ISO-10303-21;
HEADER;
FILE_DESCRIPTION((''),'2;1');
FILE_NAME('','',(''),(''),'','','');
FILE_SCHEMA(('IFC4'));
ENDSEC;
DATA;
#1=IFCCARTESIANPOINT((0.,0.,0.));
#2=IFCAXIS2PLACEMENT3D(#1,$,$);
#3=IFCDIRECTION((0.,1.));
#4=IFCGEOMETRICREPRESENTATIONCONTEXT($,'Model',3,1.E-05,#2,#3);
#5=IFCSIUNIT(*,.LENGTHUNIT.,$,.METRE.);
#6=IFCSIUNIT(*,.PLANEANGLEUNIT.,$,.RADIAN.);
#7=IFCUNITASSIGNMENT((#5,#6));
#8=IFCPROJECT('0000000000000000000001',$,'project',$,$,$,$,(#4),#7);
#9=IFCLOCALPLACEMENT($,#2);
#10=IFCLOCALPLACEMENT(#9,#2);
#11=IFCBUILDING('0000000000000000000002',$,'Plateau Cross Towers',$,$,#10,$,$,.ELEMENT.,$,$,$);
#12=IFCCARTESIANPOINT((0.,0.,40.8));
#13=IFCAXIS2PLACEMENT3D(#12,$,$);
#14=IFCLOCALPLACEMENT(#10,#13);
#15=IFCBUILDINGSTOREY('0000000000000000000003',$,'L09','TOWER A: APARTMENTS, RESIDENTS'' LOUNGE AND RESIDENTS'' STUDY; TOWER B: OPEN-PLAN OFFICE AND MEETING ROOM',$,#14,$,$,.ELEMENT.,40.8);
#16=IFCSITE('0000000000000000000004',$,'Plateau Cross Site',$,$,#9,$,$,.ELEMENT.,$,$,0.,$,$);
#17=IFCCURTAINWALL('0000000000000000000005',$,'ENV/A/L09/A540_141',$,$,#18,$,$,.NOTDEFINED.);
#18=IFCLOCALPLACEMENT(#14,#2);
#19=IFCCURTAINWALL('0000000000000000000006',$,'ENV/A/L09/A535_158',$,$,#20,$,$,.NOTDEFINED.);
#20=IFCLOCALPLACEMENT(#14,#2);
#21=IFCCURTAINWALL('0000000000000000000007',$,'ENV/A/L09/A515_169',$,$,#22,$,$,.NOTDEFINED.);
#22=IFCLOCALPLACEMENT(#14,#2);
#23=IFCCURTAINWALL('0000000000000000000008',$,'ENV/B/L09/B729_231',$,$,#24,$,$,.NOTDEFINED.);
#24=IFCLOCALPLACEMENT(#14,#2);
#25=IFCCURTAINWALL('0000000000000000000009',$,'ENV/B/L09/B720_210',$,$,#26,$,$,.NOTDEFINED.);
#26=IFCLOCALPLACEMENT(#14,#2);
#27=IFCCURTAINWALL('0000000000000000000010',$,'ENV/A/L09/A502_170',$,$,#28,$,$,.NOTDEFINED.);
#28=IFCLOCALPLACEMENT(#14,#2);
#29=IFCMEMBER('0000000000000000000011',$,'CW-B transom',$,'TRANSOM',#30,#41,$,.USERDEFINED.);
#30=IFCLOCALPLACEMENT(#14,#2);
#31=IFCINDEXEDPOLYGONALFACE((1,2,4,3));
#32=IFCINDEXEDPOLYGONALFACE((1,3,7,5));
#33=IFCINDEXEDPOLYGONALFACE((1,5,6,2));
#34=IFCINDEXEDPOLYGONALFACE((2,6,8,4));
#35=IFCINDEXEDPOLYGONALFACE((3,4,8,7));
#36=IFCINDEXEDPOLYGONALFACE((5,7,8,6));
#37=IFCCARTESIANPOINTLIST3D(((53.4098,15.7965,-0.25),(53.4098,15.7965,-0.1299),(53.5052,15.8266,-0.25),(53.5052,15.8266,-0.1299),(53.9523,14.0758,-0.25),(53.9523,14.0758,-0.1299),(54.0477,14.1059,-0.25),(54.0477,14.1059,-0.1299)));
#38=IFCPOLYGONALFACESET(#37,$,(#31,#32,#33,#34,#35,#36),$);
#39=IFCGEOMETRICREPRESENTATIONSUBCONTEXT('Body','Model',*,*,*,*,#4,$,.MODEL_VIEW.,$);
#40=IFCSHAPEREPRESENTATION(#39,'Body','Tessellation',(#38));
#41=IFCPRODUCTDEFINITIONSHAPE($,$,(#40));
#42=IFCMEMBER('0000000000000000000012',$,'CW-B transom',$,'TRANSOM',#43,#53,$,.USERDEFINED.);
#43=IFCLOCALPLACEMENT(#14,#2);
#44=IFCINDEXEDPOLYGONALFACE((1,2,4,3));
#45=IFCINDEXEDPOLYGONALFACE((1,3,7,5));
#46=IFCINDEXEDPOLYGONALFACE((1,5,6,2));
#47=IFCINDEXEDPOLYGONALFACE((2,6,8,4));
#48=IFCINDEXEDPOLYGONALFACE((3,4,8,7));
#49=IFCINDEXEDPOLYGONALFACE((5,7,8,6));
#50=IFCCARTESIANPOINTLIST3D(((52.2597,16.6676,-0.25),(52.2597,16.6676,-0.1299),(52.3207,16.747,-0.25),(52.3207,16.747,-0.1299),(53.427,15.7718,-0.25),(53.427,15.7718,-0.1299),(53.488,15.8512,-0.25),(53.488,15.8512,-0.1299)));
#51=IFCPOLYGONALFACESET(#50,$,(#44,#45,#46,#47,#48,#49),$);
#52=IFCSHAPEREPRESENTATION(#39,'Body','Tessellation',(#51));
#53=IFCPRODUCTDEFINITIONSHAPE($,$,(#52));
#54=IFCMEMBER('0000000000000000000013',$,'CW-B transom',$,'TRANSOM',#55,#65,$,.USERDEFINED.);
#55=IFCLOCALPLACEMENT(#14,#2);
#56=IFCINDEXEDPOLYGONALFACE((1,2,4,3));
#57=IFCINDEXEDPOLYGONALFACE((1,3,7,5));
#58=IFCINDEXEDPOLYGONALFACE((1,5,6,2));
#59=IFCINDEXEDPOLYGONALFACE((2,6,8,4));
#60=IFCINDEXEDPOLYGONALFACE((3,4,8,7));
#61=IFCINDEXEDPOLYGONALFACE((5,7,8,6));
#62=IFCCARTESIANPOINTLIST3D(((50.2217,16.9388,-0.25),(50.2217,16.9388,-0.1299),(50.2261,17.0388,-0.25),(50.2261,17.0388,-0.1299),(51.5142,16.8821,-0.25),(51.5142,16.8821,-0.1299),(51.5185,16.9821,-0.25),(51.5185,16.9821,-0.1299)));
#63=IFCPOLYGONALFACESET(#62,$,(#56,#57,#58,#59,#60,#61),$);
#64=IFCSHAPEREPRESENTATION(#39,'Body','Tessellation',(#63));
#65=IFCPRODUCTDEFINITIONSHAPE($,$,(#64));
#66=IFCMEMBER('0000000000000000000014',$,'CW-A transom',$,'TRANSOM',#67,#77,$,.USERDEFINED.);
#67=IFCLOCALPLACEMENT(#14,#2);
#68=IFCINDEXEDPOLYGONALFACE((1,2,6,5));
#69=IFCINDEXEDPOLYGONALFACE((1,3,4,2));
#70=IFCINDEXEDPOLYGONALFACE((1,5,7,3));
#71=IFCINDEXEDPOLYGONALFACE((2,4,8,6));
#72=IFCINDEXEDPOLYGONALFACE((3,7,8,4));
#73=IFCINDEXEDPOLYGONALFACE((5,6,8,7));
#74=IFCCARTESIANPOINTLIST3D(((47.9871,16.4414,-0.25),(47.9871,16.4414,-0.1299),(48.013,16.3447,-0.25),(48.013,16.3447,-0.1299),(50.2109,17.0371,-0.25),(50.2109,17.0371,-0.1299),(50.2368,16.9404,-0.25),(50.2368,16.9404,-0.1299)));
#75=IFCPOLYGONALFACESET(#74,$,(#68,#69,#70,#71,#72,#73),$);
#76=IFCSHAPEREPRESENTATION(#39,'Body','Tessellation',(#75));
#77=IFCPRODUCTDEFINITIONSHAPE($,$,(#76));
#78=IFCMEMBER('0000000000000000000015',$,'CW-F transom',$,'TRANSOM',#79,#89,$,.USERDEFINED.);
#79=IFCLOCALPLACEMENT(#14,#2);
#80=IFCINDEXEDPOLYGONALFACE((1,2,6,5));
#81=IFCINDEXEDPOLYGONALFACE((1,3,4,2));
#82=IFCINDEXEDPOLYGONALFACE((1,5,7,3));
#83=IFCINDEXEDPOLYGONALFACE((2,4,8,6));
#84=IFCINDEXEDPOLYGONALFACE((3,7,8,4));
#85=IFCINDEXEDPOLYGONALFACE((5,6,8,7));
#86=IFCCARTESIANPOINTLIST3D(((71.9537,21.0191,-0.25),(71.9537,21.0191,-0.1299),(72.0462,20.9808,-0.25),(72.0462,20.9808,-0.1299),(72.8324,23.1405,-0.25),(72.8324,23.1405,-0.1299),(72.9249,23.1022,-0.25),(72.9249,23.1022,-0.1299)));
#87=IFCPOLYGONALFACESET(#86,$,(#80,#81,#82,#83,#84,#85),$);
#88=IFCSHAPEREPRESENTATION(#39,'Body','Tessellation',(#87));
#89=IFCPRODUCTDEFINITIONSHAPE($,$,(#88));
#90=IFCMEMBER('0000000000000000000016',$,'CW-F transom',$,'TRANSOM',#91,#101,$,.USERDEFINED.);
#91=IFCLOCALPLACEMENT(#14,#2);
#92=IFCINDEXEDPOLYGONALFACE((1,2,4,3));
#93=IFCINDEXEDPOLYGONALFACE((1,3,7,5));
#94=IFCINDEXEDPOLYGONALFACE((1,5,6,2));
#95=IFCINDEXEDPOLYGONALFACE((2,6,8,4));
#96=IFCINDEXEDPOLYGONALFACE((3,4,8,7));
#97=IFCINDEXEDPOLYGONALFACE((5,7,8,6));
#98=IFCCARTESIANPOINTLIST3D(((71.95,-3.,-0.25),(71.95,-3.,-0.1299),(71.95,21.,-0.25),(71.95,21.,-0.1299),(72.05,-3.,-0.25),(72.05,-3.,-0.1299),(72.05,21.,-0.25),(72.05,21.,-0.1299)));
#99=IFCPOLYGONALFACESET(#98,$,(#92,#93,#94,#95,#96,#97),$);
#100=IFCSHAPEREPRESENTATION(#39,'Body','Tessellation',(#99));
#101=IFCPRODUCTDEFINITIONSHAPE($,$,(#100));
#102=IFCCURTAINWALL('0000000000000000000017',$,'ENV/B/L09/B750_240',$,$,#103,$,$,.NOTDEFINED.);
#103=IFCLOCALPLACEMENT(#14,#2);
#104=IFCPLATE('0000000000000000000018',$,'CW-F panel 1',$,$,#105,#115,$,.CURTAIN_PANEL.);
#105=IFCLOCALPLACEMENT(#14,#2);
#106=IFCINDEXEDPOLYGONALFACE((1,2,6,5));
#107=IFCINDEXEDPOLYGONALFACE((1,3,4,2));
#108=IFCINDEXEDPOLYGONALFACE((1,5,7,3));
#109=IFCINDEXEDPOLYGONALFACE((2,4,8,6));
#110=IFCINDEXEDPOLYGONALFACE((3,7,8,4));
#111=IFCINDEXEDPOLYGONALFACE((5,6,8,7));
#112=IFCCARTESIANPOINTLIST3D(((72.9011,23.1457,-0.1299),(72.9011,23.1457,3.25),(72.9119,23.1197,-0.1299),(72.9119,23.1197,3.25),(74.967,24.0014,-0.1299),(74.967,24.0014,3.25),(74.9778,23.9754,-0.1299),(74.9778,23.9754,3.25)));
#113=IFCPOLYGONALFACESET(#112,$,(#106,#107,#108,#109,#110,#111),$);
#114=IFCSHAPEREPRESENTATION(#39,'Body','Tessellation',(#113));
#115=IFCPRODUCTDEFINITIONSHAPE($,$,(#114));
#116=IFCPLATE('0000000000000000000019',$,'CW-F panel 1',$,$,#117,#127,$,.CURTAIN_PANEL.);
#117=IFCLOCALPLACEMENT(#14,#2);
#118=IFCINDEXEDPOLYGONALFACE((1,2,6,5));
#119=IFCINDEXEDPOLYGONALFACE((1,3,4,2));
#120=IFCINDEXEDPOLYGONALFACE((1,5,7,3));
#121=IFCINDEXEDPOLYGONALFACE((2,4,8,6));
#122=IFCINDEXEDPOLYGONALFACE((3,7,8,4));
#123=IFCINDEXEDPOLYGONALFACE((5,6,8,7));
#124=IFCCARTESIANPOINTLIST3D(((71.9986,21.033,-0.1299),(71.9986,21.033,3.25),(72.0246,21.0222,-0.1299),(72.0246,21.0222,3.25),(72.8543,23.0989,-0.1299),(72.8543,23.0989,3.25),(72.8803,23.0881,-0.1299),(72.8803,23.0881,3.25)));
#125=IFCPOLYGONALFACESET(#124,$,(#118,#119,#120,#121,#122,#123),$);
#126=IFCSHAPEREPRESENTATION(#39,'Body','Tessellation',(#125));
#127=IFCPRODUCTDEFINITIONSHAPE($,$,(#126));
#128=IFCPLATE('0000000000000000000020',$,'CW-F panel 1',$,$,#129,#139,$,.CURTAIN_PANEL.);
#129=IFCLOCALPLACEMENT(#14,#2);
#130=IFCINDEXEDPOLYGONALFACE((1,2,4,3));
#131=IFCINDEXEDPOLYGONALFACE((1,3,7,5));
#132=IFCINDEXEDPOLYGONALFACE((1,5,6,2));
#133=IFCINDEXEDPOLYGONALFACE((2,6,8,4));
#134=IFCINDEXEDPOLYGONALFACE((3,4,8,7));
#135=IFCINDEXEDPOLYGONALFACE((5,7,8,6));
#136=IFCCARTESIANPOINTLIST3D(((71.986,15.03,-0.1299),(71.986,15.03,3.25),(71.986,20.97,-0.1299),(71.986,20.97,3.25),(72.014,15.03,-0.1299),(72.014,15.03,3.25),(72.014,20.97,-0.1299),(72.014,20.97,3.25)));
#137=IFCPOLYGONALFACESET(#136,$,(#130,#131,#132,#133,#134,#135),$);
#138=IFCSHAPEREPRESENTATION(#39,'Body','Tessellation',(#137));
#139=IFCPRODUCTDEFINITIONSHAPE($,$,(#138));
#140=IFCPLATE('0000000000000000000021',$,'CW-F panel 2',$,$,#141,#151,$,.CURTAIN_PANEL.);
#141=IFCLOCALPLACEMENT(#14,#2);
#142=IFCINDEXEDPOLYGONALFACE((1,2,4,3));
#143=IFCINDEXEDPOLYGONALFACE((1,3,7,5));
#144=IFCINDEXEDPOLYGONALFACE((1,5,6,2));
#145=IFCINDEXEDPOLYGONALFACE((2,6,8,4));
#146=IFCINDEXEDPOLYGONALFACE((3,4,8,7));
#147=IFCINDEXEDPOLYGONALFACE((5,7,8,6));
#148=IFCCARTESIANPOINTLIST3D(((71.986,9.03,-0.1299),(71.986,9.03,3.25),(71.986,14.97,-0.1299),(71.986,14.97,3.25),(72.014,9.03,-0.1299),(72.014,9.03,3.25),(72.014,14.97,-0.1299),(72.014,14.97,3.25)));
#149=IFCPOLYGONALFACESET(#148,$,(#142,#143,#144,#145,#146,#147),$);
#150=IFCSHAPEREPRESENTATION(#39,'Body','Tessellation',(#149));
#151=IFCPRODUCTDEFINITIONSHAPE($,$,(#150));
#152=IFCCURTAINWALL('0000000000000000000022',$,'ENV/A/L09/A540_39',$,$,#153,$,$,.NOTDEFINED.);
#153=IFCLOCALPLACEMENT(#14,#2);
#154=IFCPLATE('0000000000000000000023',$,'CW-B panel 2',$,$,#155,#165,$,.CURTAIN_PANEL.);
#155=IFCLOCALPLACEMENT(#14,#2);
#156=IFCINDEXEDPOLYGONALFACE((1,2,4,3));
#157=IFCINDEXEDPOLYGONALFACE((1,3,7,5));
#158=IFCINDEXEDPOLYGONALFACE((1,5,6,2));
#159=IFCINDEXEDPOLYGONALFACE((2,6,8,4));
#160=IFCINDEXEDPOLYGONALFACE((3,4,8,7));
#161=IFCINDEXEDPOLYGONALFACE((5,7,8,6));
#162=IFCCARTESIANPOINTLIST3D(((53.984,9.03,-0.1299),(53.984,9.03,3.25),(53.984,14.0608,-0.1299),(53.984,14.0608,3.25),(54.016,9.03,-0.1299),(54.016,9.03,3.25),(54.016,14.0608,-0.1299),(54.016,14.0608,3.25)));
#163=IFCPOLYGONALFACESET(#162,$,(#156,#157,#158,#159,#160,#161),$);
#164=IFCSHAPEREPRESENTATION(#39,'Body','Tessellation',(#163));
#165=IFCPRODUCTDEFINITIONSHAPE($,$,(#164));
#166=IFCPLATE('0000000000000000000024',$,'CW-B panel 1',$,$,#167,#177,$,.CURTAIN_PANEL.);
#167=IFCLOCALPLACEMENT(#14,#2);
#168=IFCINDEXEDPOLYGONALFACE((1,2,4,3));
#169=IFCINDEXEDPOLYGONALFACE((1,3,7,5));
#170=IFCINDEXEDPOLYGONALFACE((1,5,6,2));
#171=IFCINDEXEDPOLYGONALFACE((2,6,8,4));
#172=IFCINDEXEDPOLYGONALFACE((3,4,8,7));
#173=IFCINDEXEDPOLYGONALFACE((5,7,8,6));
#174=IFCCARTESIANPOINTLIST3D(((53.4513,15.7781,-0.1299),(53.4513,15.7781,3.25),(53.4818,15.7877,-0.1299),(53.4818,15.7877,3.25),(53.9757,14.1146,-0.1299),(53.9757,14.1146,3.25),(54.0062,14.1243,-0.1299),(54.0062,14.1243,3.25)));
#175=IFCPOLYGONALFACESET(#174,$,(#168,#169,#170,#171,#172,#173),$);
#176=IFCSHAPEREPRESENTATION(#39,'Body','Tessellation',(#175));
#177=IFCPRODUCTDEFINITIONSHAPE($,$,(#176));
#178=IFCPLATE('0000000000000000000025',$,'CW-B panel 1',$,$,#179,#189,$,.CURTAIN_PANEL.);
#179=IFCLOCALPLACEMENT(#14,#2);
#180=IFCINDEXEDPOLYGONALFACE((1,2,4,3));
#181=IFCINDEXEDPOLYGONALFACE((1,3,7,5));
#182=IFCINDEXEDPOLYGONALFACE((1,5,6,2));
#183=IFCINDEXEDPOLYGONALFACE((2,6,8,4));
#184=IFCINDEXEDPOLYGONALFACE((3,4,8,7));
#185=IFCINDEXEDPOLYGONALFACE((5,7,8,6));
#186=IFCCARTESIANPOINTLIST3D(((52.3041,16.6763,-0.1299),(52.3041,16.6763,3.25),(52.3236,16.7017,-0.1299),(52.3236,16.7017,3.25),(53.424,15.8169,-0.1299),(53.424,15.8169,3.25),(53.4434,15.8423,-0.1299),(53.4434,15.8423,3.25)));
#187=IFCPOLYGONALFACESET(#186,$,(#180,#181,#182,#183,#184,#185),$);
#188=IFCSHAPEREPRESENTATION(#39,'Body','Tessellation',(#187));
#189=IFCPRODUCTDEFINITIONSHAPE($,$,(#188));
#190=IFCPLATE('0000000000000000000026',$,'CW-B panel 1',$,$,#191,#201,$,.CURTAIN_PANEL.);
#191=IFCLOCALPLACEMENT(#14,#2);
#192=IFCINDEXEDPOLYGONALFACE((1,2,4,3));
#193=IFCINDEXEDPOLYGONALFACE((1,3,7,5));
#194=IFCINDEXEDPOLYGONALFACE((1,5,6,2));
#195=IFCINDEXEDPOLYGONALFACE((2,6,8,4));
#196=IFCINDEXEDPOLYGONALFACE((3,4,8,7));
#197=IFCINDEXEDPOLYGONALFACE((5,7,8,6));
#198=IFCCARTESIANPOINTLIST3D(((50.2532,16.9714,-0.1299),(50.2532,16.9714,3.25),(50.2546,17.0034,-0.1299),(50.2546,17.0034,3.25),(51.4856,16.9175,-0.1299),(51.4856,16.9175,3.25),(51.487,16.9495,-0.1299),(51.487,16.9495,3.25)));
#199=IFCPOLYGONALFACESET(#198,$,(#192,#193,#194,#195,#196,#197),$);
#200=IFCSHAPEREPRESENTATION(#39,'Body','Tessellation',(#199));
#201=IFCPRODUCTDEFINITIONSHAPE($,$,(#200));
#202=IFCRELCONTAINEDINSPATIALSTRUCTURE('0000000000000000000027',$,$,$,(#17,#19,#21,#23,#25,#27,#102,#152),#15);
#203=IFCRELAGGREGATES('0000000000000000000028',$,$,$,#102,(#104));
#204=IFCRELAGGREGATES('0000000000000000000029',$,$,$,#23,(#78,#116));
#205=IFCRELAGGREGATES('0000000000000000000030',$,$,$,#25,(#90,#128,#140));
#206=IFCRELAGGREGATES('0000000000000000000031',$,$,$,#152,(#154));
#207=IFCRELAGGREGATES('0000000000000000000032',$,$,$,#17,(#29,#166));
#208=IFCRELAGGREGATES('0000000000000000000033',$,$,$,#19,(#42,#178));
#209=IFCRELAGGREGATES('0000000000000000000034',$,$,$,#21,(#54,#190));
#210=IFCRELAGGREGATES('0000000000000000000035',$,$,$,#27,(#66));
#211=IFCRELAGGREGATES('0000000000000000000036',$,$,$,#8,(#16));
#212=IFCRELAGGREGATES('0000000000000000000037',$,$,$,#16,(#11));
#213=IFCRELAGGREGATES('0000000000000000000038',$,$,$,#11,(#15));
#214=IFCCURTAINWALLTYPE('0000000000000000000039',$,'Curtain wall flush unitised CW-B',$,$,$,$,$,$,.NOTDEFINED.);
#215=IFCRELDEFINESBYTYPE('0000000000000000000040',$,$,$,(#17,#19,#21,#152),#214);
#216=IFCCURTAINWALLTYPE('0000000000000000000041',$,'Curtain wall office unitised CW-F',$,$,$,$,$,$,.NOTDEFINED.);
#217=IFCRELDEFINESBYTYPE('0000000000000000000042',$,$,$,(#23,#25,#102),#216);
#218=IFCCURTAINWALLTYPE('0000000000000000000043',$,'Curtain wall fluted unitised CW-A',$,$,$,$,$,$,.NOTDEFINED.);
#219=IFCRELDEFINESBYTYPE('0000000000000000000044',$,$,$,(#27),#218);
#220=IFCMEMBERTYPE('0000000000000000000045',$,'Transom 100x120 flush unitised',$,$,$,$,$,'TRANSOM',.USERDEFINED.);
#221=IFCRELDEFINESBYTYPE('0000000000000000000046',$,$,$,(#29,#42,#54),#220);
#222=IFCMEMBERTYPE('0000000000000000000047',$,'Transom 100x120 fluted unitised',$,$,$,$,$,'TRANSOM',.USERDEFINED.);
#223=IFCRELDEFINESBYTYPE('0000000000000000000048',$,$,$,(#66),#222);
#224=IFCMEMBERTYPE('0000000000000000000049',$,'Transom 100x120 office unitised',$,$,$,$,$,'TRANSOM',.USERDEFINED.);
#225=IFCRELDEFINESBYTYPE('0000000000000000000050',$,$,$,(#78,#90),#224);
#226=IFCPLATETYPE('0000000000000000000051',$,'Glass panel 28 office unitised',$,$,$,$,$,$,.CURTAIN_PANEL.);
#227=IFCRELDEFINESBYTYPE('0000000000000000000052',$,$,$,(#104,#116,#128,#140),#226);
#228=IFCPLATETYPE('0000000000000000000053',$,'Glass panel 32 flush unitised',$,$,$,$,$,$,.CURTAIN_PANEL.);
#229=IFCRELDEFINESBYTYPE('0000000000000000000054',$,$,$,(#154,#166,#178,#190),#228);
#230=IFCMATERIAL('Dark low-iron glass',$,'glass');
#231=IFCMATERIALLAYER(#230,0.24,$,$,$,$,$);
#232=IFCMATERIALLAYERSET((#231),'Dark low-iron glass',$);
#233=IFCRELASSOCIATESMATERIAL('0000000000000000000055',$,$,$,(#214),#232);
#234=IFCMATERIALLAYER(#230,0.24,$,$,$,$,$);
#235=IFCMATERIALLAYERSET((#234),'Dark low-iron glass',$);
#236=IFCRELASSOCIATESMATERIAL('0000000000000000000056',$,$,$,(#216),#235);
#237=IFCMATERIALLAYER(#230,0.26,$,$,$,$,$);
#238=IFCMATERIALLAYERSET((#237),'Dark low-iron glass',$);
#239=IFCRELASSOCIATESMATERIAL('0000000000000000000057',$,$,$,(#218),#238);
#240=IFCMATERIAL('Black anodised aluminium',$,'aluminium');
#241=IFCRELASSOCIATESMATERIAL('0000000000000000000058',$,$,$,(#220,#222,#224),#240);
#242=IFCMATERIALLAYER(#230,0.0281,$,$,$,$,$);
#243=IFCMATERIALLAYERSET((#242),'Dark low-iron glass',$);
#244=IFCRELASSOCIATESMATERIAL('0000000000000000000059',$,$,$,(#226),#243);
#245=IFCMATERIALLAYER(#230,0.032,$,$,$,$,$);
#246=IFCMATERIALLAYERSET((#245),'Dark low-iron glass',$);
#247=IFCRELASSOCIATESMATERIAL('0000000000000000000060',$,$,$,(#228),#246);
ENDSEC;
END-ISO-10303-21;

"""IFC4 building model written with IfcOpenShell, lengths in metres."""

from ifc_helpers import new_model, si_unit, direction, frame, origin, origin_2d, place, context, subcontext, project, spatial, rectangle, extrude, material, layer, layer_set, material_profile, profile_set, type_object, element, aggregate, save


model = new_model("IFC4")

# Units and contexts
model_context = context("Model", 3, precision=1e-05, world=origin(), true_north=direction((0.0, 1.0)))
body_context = subcontext(model_context, "Body", "Model", "MODEL_VIEW")
ifc_project = project(units=[si_unit("LENGTHUNIT", "METRE"), si_unit("PLANEANGLEUNIT", "RADIAN")], contexts=[model_context])

# Site, building, storey
site_placement = place(None, origin())
site = spatial("IfcSite", under=ifc_project, at=site_placement, Name="Plateau Cross Site", CompositionType="ELEMENT", RefElevation=0.0)
building_placement = place(site_placement, origin())
building = spatial("IfcBuilding", under=site, at=building_placement, Name="Plateau Cross Towers", CompositionType="ELEMENT")
storey_placement = place(building_placement, frame((0.0, 0.0, 40.8)))
storey = spatial("IfcBuildingStorey", under=building, at=storey_placement, Name="L09", Description="TOWER A: APARTMENTS, RESIDENTS' LOUNGE AND RESIDENTS' STUDY; TOWER B: OPEN-PLAN OFFICE AND MEETING ROOM", CompositionType="ELEMENT", Elevation=40.8)

# Curtain wall
ifc_material_1 = material(Name="Dark low-iron glass", Category="glass")
ifc_layer_1 = layer(ifc_material_1, 0.24)
ifc_layer_set_1 = layer_set([ifc_layer_1], Name="Dark low-iron glass")
curtain_wall_type_1 = type_object("IfcCurtainWallType", Name="Curtain wall flush unitised CW-B", PredefinedType="NOTDEFINED", material=ifc_layer_set_1)
curtain_wall_1_placement = place(storey_placement, origin())
curtain_wall_1 = element("IfcCurtainWall", 1, at=curtain_wall_1_placement, inside=storey, type_object=curtain_wall_type_1, Name="ENV/A/L09/A540_141", PredefinedType="NOTDEFINED")
ifc_material_2 = material(Name="Black anodised aluminium", Category="aluminium")

# Curtain wall
curtain_wall_2_placement = place(storey_placement, origin())
curtain_wall_2 = element("IfcCurtainWall", 2, at=curtain_wall_2_placement, inside=storey, type_object=curtain_wall_type_1, Name="ENV/A/L09/A535_158", PredefinedType="NOTDEFINED")

# Curtain walls
curtain_wall_3_placement = place(storey_placement, origin())
curtain_wall_3 = element("IfcCurtainWall", 3, at=curtain_wall_3_placement, inside=storey, type_object=curtain_wall_type_1, Name="ENV/A/L09/A515_169", PredefinedType="NOTDEFINED")
ifc_layer_2 = layer(ifc_material_1, 0.24)
ifc_layer_set_2 = layer_set([ifc_layer_2], Name="Dark low-iron glass")
curtain_wall_type_2 = type_object("IfcCurtainWallType", Name="Curtain wall office unitised CW-F", PredefinedType="NOTDEFINED", material=ifc_layer_set_2)
curtain_wall_4_placement = place(storey_placement, origin())
curtain_wall_4 = element("IfcCurtainWall", 4, at=curtain_wall_4_placement, inside=storey, type_object=curtain_wall_type_2, Name="ENV/B/L09/B729_231", PredefinedType="NOTDEFINED")

# Curtain wall
curtain_wall_5_placement = place(storey_placement, origin())
curtain_wall_5 = element("IfcCurtainWall", 5, at=curtain_wall_5_placement, inside=storey, type_object=curtain_wall_type_2, Name="ENV/B/L09/B720_210", PredefinedType="NOTDEFINED")

# Curtain wall
ifc_layer_3 = layer(ifc_material_1, 0.26)
ifc_layer_set_3 = layer_set([ifc_layer_3], Name="Dark low-iron glass")
curtain_wall_type_3 = type_object("IfcCurtainWallType", Name="Curtain wall fluted unitised CW-A", PredefinedType="NOTDEFINED", material=ifc_layer_set_3)
curtain_wall_6_placement = place(storey_placement, origin())
curtain_wall_6 = element("IfcCurtainWall", 6, at=curtain_wall_6_placement, inside=storey, type_object=curtain_wall_type_3, Name="ENV/A/L09/A502_170", PredefinedType="NOTDEFINED")

# Members
ifc_material_profile_1 = material_profile(ifc_material_2, rectangle(XDim=0.1001, YDim=0.1201, at=origin_2d()), Name="TRANSOM 100x120")
ifc_profile_set_1 = profile_set([ifc_material_profile_1], Name="Black anodised aluminium")
member_type_1 = type_object("IfcMemberType", Name="Transom 100x120 flush unitised", ElementType="TRANSOM", PredefinedType="USERDEFINED", material=ifc_profile_set_1)
member_1_placement = place(storey_placement, frame((54.0, 14.0908, -0.1899), z_axis=(-0.300678, 0.953726, 0.0), x_axis=(-0.953726, -0.300678, 0.0)))
member_1 = element("IfcMember", 7, at=member_1_placement, type_object=member_type_1, Name="CW-B transom", ObjectType="TRANSOM", PredefinedType="USERDEFINED", context=body_context, shape_type="SweptSolid", body=[
    extrude(rectangle(XDim=0.1001, YDim=0.1201, at=origin_2d()), origin(), (0.0, 0.0, 1.0), 1.8042),
])
member_2_placement = place(storey_placement, frame((53.4575, 15.8115, -0.1899), z_axis=(-0.793321, 0.608804, 0.0), x_axis=(-0.608804, -0.793321, 0.0)))
member_2 = element("IfcMember", 8, at=member_2_placement, type_object=member_type_1, Name="CW-B transom", ObjectType="TRANSOM", PredefinedType="USERDEFINED", context=body_context, shape_type="SweptSolid", body=[
    extrude(rectangle(XDim=0.1001, YDim=0.1201, at=origin_2d()), origin(), (0.0, 0.0, 1.0), 1.4714),
])
member_3_placement = place(storey_placement, frame((51.5164, 16.9321, -0.1899), z_axis=(-0.999041, 0.043781, 0.0), x_axis=(-0.043781, -0.999041, 0.0)))
member_3 = element("IfcMember", 9, at=member_3_placement, type_object=member_type_1, Name="CW-B transom", ObjectType="TRANSOM", PredefinedType="USERDEFINED", context=body_context, shape_type="SweptSolid", body=[
    extrude(rectangle(XDim=0.1001, YDim=0.1201, at=origin_2d()), origin(), (0.0, 0.0, 1.0), 1.2937),
])
ifc_material_profile_2 = material_profile(ifc_material_2, rectangle(XDim=0.1001, YDim=0.1201, at=origin_2d()), Name="TRANSOM 100x120")
ifc_profile_set_2 = profile_set([ifc_material_profile_2], Name="Black anodised aluminium")
member_type_2 = type_object("IfcMemberType", Name="Transom 100x120 fluted unitised", ElementType="TRANSOM", PredefinedType="USERDEFINED", material=ifc_profile_set_2)
member_4_placement = place(storey_placement, frame((50.2239, 16.9888, -0.1899), z_axis=(-0.965946, -0.258745, 0.0), x_axis=(0.258745, -0.965946, 0.0)))
member_4 = element("IfcMember", 10, at=member_4_placement, type_object=member_type_2, Name="CW-A transom", ObjectType="TRANSOM", PredefinedType="USERDEFINED", context=body_context, shape_type="SweptSolid", body=[
    extrude(rectangle(XDim=0.1001, YDim=0.1201, at=origin_2d()), origin(), (0.0, 0.0, 1.0), 2.3022),
])
ifc_material_profile_3 = material_profile(ifc_material_2, rectangle(XDim=0.1001, YDim=0.1201, at=origin_2d()), Name="TRANSOM 100x120")
ifc_profile_set_3 = profile_set([ifc_material_profile_3], Name="Black anodised aluminium")
member_type_3 = type_object("IfcMemberType", Name="Transom 100x120 office unitised", ElementType="TRANSOM", PredefinedType="USERDEFINED", material=ifc_profile_set_3)
member_5_placement = place(storey_placement, frame((72.8787, 23.1213, -0.1899), z_axis=(-0.382674, -0.923883, 0.0), x_axis=(0.923883, -0.382674, 0.0)))
member_5 = element("IfcMember", 11, at=member_5_placement, type_object=member_type_3, Name="CW-F transom", ObjectType="TRANSOM", PredefinedType="USERDEFINED", context=body_context, shape_type="SweptSolid", body=[
    extrude(rectangle(XDim=0.1001, YDim=0.1201, at=origin_2d()), origin(), (0.0, 0.0, 1.0), 2.2961),
])
member_6_placement = place(storey_placement, frame((72.0, 21.0, -0.1899), z_axis=(0.0, -1.0, 0.0), x_axis=(1.0, 0.0, 0.0)))
member_6 = element("IfcMember", 12, at=member_6_placement, type_object=member_type_3, Name="CW-F transom", ObjectType="TRANSOM", PredefinedType="USERDEFINED", context=body_context, shape_type="SweptSolid", body=[
    extrude(rectangle(XDim=0.1001, YDim=0.1201, at=origin_2d()), origin(), (0.0, 0.0, 1.0), 24.0),
])

# Curtain wall, plate
curtain_wall_7_placement = place(storey_placement, origin())
curtain_wall_7 = element("IfcCurtainWall", 13, at=curtain_wall_7_placement, inside=storey, type_object=curtain_wall_type_2, Name="ENV/B/L09/B750_240", PredefinedType="NOTDEFINED")
ifc_layer_4 = layer(ifc_material_1, 0.0281)
ifc_layer_set_4 = layer_set([ifc_layer_4], Name="Dark low-iron glass")
plate_type_1 = type_object("IfcPlateType", Name="Glass panel 28 office unitised", PredefinedType="CURTAIN_PANEL", material=ifc_layer_set_4)
plate_1_placement = place(storey_placement, frame((73.9395, 23.5605, -0.1299), z_axis=(0.0, 0.0, 1.0), x_axis=(-0.923879, -0.382684, 0.0)))
plate_1 = element("IfcPlate", 14, at=plate_1_placement, type_object=plate_type_1, Name="CW-F panel 1", PredefinedType="CURTAIN_PANEL", context=body_context, shape_type="SweptSolid", body=[
    extrude(rectangle(XDim=2.2361, YDim=0.0281, at=origin_2d()), origin(), (0.0, 0.0, 1.0), 3.3799),
])
aggregate(curtain_wall_7, [plate_1])

# Plates
plate_2_placement = place(storey_placement, frame((72.4395, 22.0605, -0.1299), z_axis=(0.0, 0.0, 1.0), x_axis=(-0.382684, -0.923879, 0.0)))
plate_2 = element("IfcPlate", 15, at=plate_2_placement, type_object=plate_type_1, Name="CW-F panel 1", PredefinedType="CURTAIN_PANEL", context=body_context, shape_type="SweptSolid", body=[
    extrude(rectangle(XDim=2.2361, YDim=0.0281, at=origin_2d()), origin(), (0.0, 0.0, 1.0), 3.3799),
])
aggregate(curtain_wall_4, [member_5, plate_2])
plate_3_placement = place(storey_placement, frame((72.0, 18.0, -0.1299), z_axis=(0.0, 0.0, 1.0), x_axis=(0.0, -1.0, 0.0)))
plate_3 = element("IfcPlate", 16, at=plate_3_placement, type_object=plate_type_1, Name="CW-F panel 1", PredefinedType="CURTAIN_PANEL", context=body_context, shape_type="SweptSolid", body=[
    extrude(rectangle(XDim=5.9399, YDim=0.0281, at=origin_2d()), origin(), (0.0, 0.0, 1.0), 3.3799),
])
plate_4_placement = place(storey_placement, frame((72.0, 12.0, -0.1299), z_axis=(0.0, 0.0, 1.0), x_axis=(0.0, -1.0, 0.0)))
plate_4 = element("IfcPlate", 17, at=plate_4_placement, type_object=plate_type_1, Name="CW-F panel 2", PredefinedType="CURTAIN_PANEL", context=body_context, shape_type="SweptSolid", body=[
    extrude(rectangle(XDim=5.9399, YDim=0.0281, at=origin_2d()), origin(), (0.0, 0.0, 1.0), 3.3799),
])
aggregate(curtain_wall_5, [member_6, plate_3, plate_4])

# Curtain wall, plate
curtain_wall_8_placement = place(storey_placement, origin())
curtain_wall_8 = element("IfcCurtainWall", 18, at=curtain_wall_8_placement, inside=storey, type_object=curtain_wall_type_1, Name="ENV/A/L09/A540_39", PredefinedType="NOTDEFINED")
ifc_layer_5 = layer(ifc_material_1, 0.032)
ifc_layer_set_5 = layer_set([ifc_layer_5], Name="Dark low-iron glass")
plate_type_2 = type_object("IfcPlateType", Name="Glass panel 32 flush unitised", PredefinedType="CURTAIN_PANEL", material=ifc_layer_set_5)
plate_5_placement = place(storey_placement, frame((54.0, 11.5454, -0.1299), z_axis=(0.0, 0.0, 1.0), x_axis=(0.0, 1.0, 0.0)))
plate_5 = element("IfcPlate", 19, at=plate_5_placement, type_object=plate_type_2, Name="CW-B panel 2", PredefinedType="CURTAIN_PANEL", context=body_context, shape_type="SweptSolid", body=[
    extrude(rectangle(XDim=5.0308, YDim=0.032, at=origin_2d()), origin(), (0.0, 0.0, 1.0), 3.3799),
])
aggregate(curtain_wall_8, [plate_5])

# Plates
plate_6_placement = place(storey_placement, frame((53.7288, 14.9512, -0.1299), z_axis=(0.0, 0.0, 1.0), x_axis=(-0.300686, 0.953723, 0.0)))
plate_6 = element("IfcPlate", 20, at=plate_6_placement, type_object=plate_type_2, Name="CW-B panel 1", PredefinedType="CURTAIN_PANEL", context=body_context, shape_type="SweptSolid", body=[
    extrude(rectangle(XDim=1.7441, YDim=0.032, at=origin_2d()), origin(), (0.0, 0.0, 1.0), 3.3799),
])
aggregate(curtain_wall_1, [member_1, plate_6])
plate_7_placement = place(storey_placement, frame((52.8738, 16.2593, -0.1299), z_axis=(0.0, 0.0, 1.0), x_axis=(-0.793316, 0.608811, 0.0)))
plate_7 = element("IfcPlate", 21, at=plate_7_placement, type_object=plate_type_2, Name="CW-B panel 1", PredefinedType="CURTAIN_PANEL", context=body_context, shape_type="SweptSolid", body=[
    extrude(rectangle(XDim=1.4116, YDim=0.032, at=origin_2d()), origin(), (0.0, 0.0, 1.0), 3.3799),
])
aggregate(curtain_wall_2, [member_2, plate_7])
plate_8_placement = place(storey_placement, frame((50.8701, 16.9604, -0.1299), z_axis=(0.0, 0.0, 1.0), x_axis=(-0.999044, 0.043723, 0.0)))
plate_8 = element("IfcPlate", 22, at=plate_8_placement, type_object=plate_type_2, Name="CW-B panel 1", PredefinedType="CURTAIN_PANEL", context=body_context, shape_type="SweptSolid", body=[
    extrude(rectangle(XDim=1.2336, YDim=0.032, at=origin_2d()), origin(), (0.0, 0.0, 1.0), 3.3799),
])
aggregate(curtain_wall_3, [member_3, plate_8])
aggregate(curtain_wall_6, [member_4])

save(model, "model.ifc")
